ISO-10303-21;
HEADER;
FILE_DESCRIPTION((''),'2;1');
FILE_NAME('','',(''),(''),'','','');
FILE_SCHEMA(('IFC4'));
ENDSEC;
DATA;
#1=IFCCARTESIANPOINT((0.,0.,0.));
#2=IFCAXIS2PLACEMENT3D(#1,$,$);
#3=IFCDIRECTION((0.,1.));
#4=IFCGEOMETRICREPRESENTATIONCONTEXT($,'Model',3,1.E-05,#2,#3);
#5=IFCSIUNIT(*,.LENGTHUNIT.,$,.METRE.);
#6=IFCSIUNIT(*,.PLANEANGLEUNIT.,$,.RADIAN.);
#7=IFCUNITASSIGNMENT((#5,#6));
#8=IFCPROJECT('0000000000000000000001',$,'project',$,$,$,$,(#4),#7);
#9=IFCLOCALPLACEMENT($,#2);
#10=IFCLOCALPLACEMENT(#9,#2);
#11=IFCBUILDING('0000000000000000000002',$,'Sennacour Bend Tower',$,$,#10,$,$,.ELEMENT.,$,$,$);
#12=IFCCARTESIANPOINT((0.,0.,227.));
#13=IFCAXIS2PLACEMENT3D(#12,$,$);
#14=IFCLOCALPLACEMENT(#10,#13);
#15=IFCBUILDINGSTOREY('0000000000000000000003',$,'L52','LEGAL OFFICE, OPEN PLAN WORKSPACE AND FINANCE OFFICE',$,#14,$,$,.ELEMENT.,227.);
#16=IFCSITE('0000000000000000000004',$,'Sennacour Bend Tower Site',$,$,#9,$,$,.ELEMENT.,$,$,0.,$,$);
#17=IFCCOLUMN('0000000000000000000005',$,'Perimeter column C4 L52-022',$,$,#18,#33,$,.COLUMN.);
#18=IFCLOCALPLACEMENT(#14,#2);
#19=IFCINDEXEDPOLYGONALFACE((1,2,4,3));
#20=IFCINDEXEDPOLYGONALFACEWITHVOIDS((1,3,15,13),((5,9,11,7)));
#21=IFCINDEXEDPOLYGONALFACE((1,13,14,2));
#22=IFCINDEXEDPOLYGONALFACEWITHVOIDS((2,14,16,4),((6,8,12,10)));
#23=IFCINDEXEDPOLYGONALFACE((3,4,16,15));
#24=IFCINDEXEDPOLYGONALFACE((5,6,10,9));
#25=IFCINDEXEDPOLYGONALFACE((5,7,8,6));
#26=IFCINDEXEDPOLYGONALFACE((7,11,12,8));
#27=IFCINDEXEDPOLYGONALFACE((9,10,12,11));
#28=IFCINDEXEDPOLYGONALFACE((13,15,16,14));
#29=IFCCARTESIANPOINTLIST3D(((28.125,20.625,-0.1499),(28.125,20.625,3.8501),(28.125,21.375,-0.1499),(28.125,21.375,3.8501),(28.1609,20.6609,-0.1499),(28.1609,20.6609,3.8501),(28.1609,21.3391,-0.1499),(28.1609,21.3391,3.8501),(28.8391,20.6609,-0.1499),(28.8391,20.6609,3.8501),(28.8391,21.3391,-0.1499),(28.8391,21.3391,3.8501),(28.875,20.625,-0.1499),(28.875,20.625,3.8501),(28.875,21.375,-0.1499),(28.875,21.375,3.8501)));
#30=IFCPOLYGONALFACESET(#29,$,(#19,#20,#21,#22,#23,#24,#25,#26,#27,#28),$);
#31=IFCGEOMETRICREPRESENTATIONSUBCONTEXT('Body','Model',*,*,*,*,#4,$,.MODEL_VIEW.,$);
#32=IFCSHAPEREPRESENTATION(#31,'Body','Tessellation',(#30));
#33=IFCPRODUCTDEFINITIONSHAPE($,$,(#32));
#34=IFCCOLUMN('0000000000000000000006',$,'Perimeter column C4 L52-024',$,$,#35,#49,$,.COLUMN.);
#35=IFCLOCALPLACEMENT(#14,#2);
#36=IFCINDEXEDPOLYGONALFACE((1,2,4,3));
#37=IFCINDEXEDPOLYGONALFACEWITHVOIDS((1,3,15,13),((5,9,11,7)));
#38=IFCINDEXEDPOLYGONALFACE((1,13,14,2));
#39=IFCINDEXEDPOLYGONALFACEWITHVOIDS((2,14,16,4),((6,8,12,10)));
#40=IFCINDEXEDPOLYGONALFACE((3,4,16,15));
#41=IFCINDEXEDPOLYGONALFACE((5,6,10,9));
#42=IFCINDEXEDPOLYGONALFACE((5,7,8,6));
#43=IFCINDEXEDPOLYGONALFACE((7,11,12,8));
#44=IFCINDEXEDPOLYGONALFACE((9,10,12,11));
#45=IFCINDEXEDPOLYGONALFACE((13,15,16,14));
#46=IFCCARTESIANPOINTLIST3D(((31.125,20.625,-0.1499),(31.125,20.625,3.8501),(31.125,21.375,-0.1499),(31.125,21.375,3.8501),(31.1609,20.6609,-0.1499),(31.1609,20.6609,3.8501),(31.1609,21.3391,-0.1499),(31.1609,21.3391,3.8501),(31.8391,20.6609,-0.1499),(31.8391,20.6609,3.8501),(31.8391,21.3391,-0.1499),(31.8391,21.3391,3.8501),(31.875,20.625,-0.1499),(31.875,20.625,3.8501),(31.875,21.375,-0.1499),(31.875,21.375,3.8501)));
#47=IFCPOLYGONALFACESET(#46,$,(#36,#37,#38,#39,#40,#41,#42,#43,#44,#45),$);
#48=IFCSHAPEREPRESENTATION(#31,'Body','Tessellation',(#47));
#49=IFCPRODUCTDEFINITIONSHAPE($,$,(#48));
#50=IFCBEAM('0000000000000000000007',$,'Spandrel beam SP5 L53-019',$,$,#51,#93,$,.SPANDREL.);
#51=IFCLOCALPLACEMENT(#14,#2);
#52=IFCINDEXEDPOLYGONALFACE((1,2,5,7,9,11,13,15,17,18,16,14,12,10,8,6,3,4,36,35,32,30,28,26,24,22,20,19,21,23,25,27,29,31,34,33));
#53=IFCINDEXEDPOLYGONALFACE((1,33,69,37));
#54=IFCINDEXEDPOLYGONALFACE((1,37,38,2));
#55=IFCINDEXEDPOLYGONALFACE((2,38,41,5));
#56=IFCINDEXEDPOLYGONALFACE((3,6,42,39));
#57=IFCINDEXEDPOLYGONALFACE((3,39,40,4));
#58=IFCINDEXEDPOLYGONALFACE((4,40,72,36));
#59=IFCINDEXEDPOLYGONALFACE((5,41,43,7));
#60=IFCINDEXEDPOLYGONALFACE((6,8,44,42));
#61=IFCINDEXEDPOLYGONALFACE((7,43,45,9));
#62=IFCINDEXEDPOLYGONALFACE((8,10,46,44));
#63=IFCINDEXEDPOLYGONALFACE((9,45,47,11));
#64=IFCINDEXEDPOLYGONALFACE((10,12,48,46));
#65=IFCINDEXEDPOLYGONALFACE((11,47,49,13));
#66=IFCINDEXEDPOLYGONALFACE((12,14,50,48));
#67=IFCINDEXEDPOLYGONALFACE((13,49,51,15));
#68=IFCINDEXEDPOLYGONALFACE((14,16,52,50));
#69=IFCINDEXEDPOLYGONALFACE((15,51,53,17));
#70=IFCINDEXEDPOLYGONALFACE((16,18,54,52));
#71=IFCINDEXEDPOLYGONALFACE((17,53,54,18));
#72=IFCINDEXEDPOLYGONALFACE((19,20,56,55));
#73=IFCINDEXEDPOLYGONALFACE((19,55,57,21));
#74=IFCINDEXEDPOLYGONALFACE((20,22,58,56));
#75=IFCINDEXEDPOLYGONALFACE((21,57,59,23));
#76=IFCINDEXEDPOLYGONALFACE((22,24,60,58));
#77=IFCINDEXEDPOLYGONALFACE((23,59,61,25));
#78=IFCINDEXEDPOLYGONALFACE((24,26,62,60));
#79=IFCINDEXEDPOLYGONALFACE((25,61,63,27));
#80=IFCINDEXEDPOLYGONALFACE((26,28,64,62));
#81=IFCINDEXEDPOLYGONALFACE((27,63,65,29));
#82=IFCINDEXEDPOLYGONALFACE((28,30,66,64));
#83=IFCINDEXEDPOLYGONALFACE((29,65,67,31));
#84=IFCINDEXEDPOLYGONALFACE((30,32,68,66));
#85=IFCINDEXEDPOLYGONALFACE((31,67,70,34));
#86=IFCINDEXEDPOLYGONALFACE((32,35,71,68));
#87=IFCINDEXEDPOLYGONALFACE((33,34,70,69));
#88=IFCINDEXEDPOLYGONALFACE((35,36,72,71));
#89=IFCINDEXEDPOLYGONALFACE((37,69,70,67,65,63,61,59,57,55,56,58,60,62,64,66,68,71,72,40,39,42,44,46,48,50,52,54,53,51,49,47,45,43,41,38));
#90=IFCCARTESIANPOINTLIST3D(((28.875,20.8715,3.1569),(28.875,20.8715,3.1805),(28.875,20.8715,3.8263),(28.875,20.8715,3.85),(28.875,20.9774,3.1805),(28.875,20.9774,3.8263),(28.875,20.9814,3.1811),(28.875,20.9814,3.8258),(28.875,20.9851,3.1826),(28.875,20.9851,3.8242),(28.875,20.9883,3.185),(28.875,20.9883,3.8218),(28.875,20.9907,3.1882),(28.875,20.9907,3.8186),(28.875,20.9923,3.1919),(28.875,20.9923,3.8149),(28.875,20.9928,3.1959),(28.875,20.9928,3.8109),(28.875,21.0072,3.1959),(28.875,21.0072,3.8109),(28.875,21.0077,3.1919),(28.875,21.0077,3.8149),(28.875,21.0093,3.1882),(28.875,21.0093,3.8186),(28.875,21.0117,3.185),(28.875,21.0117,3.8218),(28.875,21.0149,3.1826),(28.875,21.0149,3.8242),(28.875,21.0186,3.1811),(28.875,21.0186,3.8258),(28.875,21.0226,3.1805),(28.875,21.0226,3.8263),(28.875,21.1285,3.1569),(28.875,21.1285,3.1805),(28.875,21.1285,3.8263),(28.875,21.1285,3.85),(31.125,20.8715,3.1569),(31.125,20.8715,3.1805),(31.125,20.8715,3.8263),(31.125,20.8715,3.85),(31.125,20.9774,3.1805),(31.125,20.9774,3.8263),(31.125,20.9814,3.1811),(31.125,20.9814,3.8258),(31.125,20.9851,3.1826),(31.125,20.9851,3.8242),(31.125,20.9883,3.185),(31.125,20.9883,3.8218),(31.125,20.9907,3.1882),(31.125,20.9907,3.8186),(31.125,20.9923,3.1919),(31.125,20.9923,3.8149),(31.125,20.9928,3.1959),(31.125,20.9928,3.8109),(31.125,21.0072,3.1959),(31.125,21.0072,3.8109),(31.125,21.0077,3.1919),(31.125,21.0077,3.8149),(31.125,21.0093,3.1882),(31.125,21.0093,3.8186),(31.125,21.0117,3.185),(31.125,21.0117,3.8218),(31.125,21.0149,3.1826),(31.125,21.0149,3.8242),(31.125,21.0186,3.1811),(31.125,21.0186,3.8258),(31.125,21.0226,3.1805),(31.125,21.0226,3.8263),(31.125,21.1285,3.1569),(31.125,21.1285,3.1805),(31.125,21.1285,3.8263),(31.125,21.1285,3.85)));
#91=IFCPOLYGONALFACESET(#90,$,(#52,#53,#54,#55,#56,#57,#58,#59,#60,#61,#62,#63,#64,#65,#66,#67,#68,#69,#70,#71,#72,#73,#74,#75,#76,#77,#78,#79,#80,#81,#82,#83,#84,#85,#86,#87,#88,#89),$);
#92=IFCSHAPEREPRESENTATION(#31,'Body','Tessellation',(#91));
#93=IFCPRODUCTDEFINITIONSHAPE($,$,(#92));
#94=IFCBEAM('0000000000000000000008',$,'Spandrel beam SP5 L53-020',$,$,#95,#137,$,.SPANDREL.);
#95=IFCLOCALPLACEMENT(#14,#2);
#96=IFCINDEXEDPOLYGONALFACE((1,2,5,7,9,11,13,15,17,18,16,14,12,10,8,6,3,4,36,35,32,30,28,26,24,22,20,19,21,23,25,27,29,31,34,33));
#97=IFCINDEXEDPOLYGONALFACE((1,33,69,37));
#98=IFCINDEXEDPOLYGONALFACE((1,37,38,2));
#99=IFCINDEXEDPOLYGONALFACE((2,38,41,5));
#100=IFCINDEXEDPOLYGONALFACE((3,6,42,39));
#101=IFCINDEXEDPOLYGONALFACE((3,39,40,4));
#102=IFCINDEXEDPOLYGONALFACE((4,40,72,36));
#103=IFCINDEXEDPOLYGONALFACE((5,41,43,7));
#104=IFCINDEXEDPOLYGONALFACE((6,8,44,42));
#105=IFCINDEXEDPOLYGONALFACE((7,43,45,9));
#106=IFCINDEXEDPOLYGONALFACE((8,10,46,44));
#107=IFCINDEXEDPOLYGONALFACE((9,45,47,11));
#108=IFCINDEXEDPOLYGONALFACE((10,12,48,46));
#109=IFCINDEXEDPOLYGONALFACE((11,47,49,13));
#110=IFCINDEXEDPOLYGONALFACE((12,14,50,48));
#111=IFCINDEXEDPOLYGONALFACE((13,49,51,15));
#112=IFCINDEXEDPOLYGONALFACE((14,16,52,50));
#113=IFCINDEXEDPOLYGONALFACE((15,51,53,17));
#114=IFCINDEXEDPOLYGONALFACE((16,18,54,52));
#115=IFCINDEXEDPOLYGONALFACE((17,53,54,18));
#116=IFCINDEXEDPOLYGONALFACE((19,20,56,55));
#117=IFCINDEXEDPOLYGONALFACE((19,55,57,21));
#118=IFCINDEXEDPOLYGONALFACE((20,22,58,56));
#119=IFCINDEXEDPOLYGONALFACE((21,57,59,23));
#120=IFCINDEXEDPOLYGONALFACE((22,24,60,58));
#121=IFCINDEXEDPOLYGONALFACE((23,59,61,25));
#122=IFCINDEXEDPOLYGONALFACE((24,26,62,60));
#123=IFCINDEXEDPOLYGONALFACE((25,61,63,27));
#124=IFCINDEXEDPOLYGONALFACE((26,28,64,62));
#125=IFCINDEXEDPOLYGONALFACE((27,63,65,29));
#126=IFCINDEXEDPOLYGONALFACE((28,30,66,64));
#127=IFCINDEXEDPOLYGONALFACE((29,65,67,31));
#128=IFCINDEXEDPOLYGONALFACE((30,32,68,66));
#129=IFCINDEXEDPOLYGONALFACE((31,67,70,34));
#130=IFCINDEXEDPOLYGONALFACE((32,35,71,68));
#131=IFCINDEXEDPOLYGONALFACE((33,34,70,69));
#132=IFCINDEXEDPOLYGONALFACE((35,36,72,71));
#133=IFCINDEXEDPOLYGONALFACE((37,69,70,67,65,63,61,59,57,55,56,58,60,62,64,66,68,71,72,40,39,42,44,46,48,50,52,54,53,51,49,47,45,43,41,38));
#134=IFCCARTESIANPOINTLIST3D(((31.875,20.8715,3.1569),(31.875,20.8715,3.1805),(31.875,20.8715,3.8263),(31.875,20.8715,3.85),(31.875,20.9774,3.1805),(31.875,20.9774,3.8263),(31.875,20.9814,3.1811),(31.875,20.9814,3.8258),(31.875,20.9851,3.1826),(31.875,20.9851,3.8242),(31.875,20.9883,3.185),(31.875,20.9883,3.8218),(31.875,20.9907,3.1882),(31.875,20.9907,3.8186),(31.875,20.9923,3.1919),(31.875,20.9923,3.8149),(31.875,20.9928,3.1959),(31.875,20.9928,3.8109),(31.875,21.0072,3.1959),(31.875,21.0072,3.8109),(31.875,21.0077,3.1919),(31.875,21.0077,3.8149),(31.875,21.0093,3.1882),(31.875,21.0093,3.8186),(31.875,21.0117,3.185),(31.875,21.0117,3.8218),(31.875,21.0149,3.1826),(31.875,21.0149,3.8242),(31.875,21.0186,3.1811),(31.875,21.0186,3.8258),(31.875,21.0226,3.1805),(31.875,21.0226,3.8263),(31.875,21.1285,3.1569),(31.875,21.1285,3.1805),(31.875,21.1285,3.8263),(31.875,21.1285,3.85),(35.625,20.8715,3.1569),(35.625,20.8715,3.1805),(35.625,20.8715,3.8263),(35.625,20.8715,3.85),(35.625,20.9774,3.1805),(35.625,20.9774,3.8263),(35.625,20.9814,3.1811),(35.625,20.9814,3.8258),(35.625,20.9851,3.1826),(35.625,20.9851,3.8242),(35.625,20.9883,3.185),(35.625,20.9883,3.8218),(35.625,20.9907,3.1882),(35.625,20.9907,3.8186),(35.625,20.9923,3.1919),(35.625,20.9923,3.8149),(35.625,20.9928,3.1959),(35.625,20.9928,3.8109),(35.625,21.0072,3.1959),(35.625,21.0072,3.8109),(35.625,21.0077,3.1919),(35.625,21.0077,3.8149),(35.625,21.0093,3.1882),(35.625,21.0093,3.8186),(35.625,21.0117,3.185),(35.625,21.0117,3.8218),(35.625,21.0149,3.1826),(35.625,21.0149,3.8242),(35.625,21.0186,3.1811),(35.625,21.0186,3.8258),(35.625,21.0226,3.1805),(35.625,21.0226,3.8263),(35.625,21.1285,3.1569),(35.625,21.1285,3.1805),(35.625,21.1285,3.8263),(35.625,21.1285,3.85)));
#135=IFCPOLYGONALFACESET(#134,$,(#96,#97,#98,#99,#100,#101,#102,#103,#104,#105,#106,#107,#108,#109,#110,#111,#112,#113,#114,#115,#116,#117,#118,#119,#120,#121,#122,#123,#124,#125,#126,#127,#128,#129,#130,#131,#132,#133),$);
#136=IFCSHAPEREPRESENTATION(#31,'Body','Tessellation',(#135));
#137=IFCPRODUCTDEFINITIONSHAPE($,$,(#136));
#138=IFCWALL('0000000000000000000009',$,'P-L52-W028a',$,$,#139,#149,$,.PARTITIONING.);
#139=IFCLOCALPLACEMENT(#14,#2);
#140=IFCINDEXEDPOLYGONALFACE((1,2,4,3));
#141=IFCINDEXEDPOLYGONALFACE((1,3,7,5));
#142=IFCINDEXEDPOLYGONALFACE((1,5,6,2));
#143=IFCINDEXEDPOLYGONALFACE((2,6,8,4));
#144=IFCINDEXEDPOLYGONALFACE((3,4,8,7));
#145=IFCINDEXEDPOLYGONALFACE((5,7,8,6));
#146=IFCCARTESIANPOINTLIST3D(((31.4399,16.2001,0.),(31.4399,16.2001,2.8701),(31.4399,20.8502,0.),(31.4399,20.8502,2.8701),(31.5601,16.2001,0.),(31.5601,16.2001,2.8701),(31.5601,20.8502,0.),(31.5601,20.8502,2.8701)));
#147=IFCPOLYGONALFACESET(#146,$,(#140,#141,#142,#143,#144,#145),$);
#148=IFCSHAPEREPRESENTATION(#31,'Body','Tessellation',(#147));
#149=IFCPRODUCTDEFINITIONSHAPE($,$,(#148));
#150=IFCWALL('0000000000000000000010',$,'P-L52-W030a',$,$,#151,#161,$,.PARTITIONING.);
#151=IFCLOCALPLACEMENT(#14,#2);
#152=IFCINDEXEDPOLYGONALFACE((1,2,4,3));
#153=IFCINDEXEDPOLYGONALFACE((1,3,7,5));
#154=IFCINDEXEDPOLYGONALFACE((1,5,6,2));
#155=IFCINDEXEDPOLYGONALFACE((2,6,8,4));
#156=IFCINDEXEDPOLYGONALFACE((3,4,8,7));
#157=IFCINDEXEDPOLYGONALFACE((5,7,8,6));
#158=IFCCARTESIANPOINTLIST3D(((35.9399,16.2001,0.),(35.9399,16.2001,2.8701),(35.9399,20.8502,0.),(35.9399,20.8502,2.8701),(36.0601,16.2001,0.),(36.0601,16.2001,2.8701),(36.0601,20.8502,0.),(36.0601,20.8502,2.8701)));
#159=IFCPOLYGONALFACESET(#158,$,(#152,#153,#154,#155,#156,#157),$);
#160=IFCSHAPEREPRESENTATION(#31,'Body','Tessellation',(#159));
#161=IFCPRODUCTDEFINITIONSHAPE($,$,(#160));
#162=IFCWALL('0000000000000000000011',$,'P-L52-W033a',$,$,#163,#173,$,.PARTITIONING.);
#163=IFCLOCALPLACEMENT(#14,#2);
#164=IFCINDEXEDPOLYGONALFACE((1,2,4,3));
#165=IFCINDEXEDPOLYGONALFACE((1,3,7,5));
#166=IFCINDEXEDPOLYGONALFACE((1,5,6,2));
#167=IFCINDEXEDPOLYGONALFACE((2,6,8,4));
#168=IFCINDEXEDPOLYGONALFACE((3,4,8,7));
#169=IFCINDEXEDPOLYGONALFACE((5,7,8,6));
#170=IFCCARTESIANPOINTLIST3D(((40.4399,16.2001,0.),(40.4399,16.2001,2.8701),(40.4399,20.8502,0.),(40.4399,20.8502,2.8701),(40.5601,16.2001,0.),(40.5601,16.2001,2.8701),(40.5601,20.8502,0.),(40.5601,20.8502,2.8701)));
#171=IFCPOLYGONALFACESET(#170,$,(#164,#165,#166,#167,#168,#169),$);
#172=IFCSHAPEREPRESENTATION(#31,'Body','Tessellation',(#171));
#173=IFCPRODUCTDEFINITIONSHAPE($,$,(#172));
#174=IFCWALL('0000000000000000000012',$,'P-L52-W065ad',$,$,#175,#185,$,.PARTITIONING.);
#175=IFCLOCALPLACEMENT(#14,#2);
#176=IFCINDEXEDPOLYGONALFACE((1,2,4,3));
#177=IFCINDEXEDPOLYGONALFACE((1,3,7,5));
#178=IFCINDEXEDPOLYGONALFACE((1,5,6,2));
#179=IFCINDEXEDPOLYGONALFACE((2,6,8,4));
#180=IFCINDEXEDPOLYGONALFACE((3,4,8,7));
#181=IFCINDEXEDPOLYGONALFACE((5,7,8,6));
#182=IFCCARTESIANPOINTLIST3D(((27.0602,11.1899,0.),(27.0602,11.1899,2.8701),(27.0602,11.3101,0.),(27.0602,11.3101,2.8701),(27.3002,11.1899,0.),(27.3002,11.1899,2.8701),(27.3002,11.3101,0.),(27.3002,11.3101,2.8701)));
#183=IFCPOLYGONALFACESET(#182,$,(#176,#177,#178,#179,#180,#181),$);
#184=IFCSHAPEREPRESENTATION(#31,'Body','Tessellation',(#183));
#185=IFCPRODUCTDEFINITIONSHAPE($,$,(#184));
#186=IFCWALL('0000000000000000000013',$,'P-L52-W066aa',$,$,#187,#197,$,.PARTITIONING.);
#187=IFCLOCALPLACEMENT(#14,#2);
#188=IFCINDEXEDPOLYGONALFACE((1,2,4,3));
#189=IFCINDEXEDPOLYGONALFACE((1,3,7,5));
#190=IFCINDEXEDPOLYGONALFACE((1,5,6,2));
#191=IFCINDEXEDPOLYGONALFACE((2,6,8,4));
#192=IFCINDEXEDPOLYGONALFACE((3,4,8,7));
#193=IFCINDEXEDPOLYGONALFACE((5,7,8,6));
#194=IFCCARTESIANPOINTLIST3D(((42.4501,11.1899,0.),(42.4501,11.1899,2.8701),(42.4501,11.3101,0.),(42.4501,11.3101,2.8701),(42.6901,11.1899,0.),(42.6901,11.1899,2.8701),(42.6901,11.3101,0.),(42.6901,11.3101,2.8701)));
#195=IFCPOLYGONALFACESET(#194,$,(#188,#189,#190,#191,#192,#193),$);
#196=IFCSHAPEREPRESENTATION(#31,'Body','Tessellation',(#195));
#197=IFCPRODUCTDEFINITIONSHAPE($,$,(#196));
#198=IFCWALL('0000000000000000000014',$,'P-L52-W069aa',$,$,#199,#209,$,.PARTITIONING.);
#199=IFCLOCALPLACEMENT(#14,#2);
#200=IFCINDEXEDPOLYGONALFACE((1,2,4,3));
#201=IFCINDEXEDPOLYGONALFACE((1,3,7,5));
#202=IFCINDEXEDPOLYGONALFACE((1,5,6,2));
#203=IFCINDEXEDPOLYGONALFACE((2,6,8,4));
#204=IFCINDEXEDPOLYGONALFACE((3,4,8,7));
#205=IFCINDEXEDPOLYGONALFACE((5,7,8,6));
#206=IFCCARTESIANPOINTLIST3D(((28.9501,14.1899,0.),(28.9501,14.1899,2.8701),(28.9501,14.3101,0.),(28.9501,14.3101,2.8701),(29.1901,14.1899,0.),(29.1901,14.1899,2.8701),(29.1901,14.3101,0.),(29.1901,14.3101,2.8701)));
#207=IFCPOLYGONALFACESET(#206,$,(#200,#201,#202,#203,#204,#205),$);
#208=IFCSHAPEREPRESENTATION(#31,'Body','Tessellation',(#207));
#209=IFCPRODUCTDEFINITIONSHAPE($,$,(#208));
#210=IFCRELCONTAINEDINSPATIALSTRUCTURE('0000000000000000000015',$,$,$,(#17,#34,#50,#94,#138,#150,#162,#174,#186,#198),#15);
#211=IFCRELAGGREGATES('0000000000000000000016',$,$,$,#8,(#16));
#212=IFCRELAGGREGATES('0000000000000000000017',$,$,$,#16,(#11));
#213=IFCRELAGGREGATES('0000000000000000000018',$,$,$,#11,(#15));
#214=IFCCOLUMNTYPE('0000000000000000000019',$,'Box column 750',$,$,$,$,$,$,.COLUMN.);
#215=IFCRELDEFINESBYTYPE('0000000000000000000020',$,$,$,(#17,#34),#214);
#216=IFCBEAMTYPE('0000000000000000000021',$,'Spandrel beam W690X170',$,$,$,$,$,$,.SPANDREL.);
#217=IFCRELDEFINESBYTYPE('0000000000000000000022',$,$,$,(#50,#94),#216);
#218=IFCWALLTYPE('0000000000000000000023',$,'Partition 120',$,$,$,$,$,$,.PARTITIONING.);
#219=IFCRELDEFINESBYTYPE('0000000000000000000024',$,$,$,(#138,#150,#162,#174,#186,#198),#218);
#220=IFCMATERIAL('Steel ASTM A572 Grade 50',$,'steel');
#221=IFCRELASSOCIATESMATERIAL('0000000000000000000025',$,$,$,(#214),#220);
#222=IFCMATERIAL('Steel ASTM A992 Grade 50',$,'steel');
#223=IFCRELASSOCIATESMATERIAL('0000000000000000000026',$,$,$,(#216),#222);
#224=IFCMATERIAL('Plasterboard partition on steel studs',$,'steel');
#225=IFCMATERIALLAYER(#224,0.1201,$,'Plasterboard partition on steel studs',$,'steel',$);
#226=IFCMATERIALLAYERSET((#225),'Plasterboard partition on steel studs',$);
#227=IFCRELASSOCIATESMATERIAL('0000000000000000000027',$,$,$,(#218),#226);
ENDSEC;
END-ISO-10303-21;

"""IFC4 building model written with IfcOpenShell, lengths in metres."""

from ifc_helpers import new_model, si_unit, direction, frame, frame_2d, origin, origin_2d, place, context, subcontext, project, spatial, rectangle, hollow_rectangle, i_section, extrude, material, layer, layer_set, material_profile, profile_set, type_object, element, save


model = new_model("IFC4")

# Units and contexts
model_context = context("Model", 3, precision=1e-05, world=origin(), true_north=direction((0.0, 1.0)))
body_context = subcontext(model_context, "Body", "Model", "MODEL_VIEW")
ifc_project = project(units=[si_unit("LENGTHUNIT", "METRE"), si_unit("PLANEANGLEUNIT", "RADIAN")], contexts=[model_context])

# Site, building, storey
site_placement = place(None, origin())
site = spatial("IfcSite", under=ifc_project, at=site_placement, Name="Sennacour Bend Tower Site", CompositionType="ELEMENT", RefElevation=0.0)
building_placement = place(site_placement, origin())
building = spatial("IfcBuilding", under=site, at=building_placement, Name="Sennacour Bend Tower", CompositionType="ELEMENT")
storey_placement = place(building_placement, frame((0.0, 0.0, 227.0)))
storey = spatial("IfcBuildingStorey", under=building, at=storey_placement, Name="L52", Description="LEGAL OFFICE, OPEN PLAN WORKSPACE AND FINANCE OFFICE", CompositionType="ELEMENT", Elevation=227.0)

# Columns
ifc_material_1 = material(Name="Steel ASTM A572 Grade 50", Category="steel")
ifc_material_profile_1 = material_profile(ifc_material_1, hollow_rectangle(XDim=0.75, YDim=0.75, WallThickness=0.0359, at=origin_2d()), Name="Steel ASTM A572 Grade 50", Category="steel")
ifc_profile_set_1 = profile_set([ifc_material_profile_1], Name="Steel ASTM A572 Grade 50")
column_type = type_object("IfcColumnType", Name="Box column 750", PredefinedType="COLUMN", material=ifc_profile_set_1)
for number, where, z_axis, x_axis, name in (
    (1, (28.5, 21.0, -0.1499), (0.0, 0.0, 1.0), (1.0, 0.0, 0.0), "Perimeter column C4 L52-022"),
    (2, (31.5, 21.0, -0.1499), (0.0, 0.0, 1.0), (1.0, 0.0, 0.0), "Perimeter column C4 L52-024"),
):
    element("IfcColumn", number, at=place(storey_placement, frame(where, z_axis=z_axis, x_axis=x_axis)), inside=storey, type_object=column_type, Name=name, PredefinedType="COLUMN", context=body_context, shape_type="SweptSolid", body=[
        extrude(hollow_rectangle(XDim=0.75, YDim=0.75, WallThickness=0.0359, at=origin_2d()), origin(), (0.0, 0.0, 1.0), 4.0),
    ])

# Beams
ifc_material_2 = material(Name="Steel ASTM A992 Grade 50", Category="steel")
ifc_material_profile_2 = material_profile(ifc_material_2, i_section(OverallWidth=0.2571, OverallDepth=0.6931, WebThickness=0.0144, FlangeThickness=0.0237, FilletRadius=0.0154, at=origin_2d()), Name="Steel ASTM A992 Grade 50", Category="steel")
ifc_profile_set_2 = profile_set([ifc_material_profile_2], Name="Steel ASTM A992 Grade 50")
beam_type = type_object("IfcBeamType", Name="Spandrel beam W690X170", PredefinedType="SPANDREL", material=ifc_profile_set_2)
beam_1_placement = place(storey_placement, frame((28.875, 21.0, 3.5034), z_axis=(1.0, 0.0, 0.0), x_axis=(0.0, 1.0, 0.0)))
element("IfcBeam", 3, at=beam_1_placement, inside=storey, type_object=beam_type, Name="Spandrel beam SP5 L53-019", PredefinedType="SPANDREL", context=body_context, shape_type="SweptSolid", body=[
    extrude(i_section(OverallWidth=0.2571, OverallDepth=0.6931, WebThickness=0.0144, FlangeThickness=0.0237, FilletRadius=0.0154, at=origin_2d()), origin(), (0.0, 0.0, 1.0), 2.25),
])
beam_2_placement = place(storey_placement, frame((31.875, 21.0, 3.5034), z_axis=(1.0, 0.0, 0.0), x_axis=(0.0, 1.0, 0.0)))
element("IfcBeam", 4, at=beam_2_placement, inside=storey, type_object=beam_type, Name="Spandrel beam SP5 L53-020", PredefinedType="SPANDREL", context=body_context, shape_type="SweptSolid", body=[
    extrude(i_section(OverallWidth=0.2571, OverallDepth=0.6931, WebThickness=0.0144, FlangeThickness=0.0237, FilletRadius=0.0154, at=origin_2d()), origin(), (0.0, 0.0, 1.0), 3.75),
])

# Walls
ifc_material_3 = material(Name="Plasterboard partition on steel studs", Category="steel")
ifc_layer_1 = layer(ifc_material_3, 0.1201, Name="Plasterboard partition on steel studs", Category="steel")
ifc_layer_set_1 = layer_set([ifc_layer_1], Name="Plasterboard partition on steel studs")
wall_type_1 = type_object("IfcWallType", Name="Partition 120", PredefinedType="PARTITIONING", material=ifc_layer_set_1)
for number, where, z_axis, x_axis, name in (
    (5, (31.5, 16.2, 0.0), (0.0, 0.0, 1.0), (0.0, 1.0, 0.0), "P-L52-W028a"),
    (6, (36.0, 16.2, 0.0), (0.0, 0.0, 1.0), (0.0, 1.0, 0.0), "P-L52-W030a"),
    (7, (40.5, 16.2, 0.0), (0.0, 0.0, 1.0), (0.0, 1.0, 0.0), "P-L52-W033a"),
):
    element("IfcWall", number, at=place(storey_placement, frame(where, z_axis=z_axis, x_axis=x_axis)), inside=storey, type_object=wall_type_1, Name=name, PredefinedType="PARTITIONING", context=body_context, shape_type="SweptSolid", body=[
        extrude(rectangle(XDim=4.6501, YDim=0.1201, at=frame_2d((2.3252, 0.0))), origin(), (0.0, 0.0, 1.0), 2.8701),
    ])
for number, where, z_axis, x_axis, name in (
    (8, (27.0601, 11.25, 0.0), (0.0, 0.0, 1.0), (1.0, 0.0, 0.0), "P-L52-W065ad"),
    (9, (42.45, 11.25, 0.0), (0.0, 0.0, 1.0), (1.0, 0.0, 0.0), "P-L52-W066aa"),
    (10, (28.95, 14.25, 0.0), (0.0, 0.0, 1.0), (1.0, 0.0, 0.0), "P-L52-W069aa"),
):
    element("IfcWall", number, at=place(storey_placement, frame(where, z_axis=z_axis, x_axis=x_axis)), inside=storey, type_object=wall_type_1, Name=name, PredefinedType="PARTITIONING", context=body_context, shape_type="SweptSolid", body=[
        extrude(rectangle(XDim=0.24, YDim=0.1201, at=frame_2d((0.1201, 0.0))), origin(), (0.0, 0.0, 1.0), 2.8701),
    ])

save(model, "model.ifc")
